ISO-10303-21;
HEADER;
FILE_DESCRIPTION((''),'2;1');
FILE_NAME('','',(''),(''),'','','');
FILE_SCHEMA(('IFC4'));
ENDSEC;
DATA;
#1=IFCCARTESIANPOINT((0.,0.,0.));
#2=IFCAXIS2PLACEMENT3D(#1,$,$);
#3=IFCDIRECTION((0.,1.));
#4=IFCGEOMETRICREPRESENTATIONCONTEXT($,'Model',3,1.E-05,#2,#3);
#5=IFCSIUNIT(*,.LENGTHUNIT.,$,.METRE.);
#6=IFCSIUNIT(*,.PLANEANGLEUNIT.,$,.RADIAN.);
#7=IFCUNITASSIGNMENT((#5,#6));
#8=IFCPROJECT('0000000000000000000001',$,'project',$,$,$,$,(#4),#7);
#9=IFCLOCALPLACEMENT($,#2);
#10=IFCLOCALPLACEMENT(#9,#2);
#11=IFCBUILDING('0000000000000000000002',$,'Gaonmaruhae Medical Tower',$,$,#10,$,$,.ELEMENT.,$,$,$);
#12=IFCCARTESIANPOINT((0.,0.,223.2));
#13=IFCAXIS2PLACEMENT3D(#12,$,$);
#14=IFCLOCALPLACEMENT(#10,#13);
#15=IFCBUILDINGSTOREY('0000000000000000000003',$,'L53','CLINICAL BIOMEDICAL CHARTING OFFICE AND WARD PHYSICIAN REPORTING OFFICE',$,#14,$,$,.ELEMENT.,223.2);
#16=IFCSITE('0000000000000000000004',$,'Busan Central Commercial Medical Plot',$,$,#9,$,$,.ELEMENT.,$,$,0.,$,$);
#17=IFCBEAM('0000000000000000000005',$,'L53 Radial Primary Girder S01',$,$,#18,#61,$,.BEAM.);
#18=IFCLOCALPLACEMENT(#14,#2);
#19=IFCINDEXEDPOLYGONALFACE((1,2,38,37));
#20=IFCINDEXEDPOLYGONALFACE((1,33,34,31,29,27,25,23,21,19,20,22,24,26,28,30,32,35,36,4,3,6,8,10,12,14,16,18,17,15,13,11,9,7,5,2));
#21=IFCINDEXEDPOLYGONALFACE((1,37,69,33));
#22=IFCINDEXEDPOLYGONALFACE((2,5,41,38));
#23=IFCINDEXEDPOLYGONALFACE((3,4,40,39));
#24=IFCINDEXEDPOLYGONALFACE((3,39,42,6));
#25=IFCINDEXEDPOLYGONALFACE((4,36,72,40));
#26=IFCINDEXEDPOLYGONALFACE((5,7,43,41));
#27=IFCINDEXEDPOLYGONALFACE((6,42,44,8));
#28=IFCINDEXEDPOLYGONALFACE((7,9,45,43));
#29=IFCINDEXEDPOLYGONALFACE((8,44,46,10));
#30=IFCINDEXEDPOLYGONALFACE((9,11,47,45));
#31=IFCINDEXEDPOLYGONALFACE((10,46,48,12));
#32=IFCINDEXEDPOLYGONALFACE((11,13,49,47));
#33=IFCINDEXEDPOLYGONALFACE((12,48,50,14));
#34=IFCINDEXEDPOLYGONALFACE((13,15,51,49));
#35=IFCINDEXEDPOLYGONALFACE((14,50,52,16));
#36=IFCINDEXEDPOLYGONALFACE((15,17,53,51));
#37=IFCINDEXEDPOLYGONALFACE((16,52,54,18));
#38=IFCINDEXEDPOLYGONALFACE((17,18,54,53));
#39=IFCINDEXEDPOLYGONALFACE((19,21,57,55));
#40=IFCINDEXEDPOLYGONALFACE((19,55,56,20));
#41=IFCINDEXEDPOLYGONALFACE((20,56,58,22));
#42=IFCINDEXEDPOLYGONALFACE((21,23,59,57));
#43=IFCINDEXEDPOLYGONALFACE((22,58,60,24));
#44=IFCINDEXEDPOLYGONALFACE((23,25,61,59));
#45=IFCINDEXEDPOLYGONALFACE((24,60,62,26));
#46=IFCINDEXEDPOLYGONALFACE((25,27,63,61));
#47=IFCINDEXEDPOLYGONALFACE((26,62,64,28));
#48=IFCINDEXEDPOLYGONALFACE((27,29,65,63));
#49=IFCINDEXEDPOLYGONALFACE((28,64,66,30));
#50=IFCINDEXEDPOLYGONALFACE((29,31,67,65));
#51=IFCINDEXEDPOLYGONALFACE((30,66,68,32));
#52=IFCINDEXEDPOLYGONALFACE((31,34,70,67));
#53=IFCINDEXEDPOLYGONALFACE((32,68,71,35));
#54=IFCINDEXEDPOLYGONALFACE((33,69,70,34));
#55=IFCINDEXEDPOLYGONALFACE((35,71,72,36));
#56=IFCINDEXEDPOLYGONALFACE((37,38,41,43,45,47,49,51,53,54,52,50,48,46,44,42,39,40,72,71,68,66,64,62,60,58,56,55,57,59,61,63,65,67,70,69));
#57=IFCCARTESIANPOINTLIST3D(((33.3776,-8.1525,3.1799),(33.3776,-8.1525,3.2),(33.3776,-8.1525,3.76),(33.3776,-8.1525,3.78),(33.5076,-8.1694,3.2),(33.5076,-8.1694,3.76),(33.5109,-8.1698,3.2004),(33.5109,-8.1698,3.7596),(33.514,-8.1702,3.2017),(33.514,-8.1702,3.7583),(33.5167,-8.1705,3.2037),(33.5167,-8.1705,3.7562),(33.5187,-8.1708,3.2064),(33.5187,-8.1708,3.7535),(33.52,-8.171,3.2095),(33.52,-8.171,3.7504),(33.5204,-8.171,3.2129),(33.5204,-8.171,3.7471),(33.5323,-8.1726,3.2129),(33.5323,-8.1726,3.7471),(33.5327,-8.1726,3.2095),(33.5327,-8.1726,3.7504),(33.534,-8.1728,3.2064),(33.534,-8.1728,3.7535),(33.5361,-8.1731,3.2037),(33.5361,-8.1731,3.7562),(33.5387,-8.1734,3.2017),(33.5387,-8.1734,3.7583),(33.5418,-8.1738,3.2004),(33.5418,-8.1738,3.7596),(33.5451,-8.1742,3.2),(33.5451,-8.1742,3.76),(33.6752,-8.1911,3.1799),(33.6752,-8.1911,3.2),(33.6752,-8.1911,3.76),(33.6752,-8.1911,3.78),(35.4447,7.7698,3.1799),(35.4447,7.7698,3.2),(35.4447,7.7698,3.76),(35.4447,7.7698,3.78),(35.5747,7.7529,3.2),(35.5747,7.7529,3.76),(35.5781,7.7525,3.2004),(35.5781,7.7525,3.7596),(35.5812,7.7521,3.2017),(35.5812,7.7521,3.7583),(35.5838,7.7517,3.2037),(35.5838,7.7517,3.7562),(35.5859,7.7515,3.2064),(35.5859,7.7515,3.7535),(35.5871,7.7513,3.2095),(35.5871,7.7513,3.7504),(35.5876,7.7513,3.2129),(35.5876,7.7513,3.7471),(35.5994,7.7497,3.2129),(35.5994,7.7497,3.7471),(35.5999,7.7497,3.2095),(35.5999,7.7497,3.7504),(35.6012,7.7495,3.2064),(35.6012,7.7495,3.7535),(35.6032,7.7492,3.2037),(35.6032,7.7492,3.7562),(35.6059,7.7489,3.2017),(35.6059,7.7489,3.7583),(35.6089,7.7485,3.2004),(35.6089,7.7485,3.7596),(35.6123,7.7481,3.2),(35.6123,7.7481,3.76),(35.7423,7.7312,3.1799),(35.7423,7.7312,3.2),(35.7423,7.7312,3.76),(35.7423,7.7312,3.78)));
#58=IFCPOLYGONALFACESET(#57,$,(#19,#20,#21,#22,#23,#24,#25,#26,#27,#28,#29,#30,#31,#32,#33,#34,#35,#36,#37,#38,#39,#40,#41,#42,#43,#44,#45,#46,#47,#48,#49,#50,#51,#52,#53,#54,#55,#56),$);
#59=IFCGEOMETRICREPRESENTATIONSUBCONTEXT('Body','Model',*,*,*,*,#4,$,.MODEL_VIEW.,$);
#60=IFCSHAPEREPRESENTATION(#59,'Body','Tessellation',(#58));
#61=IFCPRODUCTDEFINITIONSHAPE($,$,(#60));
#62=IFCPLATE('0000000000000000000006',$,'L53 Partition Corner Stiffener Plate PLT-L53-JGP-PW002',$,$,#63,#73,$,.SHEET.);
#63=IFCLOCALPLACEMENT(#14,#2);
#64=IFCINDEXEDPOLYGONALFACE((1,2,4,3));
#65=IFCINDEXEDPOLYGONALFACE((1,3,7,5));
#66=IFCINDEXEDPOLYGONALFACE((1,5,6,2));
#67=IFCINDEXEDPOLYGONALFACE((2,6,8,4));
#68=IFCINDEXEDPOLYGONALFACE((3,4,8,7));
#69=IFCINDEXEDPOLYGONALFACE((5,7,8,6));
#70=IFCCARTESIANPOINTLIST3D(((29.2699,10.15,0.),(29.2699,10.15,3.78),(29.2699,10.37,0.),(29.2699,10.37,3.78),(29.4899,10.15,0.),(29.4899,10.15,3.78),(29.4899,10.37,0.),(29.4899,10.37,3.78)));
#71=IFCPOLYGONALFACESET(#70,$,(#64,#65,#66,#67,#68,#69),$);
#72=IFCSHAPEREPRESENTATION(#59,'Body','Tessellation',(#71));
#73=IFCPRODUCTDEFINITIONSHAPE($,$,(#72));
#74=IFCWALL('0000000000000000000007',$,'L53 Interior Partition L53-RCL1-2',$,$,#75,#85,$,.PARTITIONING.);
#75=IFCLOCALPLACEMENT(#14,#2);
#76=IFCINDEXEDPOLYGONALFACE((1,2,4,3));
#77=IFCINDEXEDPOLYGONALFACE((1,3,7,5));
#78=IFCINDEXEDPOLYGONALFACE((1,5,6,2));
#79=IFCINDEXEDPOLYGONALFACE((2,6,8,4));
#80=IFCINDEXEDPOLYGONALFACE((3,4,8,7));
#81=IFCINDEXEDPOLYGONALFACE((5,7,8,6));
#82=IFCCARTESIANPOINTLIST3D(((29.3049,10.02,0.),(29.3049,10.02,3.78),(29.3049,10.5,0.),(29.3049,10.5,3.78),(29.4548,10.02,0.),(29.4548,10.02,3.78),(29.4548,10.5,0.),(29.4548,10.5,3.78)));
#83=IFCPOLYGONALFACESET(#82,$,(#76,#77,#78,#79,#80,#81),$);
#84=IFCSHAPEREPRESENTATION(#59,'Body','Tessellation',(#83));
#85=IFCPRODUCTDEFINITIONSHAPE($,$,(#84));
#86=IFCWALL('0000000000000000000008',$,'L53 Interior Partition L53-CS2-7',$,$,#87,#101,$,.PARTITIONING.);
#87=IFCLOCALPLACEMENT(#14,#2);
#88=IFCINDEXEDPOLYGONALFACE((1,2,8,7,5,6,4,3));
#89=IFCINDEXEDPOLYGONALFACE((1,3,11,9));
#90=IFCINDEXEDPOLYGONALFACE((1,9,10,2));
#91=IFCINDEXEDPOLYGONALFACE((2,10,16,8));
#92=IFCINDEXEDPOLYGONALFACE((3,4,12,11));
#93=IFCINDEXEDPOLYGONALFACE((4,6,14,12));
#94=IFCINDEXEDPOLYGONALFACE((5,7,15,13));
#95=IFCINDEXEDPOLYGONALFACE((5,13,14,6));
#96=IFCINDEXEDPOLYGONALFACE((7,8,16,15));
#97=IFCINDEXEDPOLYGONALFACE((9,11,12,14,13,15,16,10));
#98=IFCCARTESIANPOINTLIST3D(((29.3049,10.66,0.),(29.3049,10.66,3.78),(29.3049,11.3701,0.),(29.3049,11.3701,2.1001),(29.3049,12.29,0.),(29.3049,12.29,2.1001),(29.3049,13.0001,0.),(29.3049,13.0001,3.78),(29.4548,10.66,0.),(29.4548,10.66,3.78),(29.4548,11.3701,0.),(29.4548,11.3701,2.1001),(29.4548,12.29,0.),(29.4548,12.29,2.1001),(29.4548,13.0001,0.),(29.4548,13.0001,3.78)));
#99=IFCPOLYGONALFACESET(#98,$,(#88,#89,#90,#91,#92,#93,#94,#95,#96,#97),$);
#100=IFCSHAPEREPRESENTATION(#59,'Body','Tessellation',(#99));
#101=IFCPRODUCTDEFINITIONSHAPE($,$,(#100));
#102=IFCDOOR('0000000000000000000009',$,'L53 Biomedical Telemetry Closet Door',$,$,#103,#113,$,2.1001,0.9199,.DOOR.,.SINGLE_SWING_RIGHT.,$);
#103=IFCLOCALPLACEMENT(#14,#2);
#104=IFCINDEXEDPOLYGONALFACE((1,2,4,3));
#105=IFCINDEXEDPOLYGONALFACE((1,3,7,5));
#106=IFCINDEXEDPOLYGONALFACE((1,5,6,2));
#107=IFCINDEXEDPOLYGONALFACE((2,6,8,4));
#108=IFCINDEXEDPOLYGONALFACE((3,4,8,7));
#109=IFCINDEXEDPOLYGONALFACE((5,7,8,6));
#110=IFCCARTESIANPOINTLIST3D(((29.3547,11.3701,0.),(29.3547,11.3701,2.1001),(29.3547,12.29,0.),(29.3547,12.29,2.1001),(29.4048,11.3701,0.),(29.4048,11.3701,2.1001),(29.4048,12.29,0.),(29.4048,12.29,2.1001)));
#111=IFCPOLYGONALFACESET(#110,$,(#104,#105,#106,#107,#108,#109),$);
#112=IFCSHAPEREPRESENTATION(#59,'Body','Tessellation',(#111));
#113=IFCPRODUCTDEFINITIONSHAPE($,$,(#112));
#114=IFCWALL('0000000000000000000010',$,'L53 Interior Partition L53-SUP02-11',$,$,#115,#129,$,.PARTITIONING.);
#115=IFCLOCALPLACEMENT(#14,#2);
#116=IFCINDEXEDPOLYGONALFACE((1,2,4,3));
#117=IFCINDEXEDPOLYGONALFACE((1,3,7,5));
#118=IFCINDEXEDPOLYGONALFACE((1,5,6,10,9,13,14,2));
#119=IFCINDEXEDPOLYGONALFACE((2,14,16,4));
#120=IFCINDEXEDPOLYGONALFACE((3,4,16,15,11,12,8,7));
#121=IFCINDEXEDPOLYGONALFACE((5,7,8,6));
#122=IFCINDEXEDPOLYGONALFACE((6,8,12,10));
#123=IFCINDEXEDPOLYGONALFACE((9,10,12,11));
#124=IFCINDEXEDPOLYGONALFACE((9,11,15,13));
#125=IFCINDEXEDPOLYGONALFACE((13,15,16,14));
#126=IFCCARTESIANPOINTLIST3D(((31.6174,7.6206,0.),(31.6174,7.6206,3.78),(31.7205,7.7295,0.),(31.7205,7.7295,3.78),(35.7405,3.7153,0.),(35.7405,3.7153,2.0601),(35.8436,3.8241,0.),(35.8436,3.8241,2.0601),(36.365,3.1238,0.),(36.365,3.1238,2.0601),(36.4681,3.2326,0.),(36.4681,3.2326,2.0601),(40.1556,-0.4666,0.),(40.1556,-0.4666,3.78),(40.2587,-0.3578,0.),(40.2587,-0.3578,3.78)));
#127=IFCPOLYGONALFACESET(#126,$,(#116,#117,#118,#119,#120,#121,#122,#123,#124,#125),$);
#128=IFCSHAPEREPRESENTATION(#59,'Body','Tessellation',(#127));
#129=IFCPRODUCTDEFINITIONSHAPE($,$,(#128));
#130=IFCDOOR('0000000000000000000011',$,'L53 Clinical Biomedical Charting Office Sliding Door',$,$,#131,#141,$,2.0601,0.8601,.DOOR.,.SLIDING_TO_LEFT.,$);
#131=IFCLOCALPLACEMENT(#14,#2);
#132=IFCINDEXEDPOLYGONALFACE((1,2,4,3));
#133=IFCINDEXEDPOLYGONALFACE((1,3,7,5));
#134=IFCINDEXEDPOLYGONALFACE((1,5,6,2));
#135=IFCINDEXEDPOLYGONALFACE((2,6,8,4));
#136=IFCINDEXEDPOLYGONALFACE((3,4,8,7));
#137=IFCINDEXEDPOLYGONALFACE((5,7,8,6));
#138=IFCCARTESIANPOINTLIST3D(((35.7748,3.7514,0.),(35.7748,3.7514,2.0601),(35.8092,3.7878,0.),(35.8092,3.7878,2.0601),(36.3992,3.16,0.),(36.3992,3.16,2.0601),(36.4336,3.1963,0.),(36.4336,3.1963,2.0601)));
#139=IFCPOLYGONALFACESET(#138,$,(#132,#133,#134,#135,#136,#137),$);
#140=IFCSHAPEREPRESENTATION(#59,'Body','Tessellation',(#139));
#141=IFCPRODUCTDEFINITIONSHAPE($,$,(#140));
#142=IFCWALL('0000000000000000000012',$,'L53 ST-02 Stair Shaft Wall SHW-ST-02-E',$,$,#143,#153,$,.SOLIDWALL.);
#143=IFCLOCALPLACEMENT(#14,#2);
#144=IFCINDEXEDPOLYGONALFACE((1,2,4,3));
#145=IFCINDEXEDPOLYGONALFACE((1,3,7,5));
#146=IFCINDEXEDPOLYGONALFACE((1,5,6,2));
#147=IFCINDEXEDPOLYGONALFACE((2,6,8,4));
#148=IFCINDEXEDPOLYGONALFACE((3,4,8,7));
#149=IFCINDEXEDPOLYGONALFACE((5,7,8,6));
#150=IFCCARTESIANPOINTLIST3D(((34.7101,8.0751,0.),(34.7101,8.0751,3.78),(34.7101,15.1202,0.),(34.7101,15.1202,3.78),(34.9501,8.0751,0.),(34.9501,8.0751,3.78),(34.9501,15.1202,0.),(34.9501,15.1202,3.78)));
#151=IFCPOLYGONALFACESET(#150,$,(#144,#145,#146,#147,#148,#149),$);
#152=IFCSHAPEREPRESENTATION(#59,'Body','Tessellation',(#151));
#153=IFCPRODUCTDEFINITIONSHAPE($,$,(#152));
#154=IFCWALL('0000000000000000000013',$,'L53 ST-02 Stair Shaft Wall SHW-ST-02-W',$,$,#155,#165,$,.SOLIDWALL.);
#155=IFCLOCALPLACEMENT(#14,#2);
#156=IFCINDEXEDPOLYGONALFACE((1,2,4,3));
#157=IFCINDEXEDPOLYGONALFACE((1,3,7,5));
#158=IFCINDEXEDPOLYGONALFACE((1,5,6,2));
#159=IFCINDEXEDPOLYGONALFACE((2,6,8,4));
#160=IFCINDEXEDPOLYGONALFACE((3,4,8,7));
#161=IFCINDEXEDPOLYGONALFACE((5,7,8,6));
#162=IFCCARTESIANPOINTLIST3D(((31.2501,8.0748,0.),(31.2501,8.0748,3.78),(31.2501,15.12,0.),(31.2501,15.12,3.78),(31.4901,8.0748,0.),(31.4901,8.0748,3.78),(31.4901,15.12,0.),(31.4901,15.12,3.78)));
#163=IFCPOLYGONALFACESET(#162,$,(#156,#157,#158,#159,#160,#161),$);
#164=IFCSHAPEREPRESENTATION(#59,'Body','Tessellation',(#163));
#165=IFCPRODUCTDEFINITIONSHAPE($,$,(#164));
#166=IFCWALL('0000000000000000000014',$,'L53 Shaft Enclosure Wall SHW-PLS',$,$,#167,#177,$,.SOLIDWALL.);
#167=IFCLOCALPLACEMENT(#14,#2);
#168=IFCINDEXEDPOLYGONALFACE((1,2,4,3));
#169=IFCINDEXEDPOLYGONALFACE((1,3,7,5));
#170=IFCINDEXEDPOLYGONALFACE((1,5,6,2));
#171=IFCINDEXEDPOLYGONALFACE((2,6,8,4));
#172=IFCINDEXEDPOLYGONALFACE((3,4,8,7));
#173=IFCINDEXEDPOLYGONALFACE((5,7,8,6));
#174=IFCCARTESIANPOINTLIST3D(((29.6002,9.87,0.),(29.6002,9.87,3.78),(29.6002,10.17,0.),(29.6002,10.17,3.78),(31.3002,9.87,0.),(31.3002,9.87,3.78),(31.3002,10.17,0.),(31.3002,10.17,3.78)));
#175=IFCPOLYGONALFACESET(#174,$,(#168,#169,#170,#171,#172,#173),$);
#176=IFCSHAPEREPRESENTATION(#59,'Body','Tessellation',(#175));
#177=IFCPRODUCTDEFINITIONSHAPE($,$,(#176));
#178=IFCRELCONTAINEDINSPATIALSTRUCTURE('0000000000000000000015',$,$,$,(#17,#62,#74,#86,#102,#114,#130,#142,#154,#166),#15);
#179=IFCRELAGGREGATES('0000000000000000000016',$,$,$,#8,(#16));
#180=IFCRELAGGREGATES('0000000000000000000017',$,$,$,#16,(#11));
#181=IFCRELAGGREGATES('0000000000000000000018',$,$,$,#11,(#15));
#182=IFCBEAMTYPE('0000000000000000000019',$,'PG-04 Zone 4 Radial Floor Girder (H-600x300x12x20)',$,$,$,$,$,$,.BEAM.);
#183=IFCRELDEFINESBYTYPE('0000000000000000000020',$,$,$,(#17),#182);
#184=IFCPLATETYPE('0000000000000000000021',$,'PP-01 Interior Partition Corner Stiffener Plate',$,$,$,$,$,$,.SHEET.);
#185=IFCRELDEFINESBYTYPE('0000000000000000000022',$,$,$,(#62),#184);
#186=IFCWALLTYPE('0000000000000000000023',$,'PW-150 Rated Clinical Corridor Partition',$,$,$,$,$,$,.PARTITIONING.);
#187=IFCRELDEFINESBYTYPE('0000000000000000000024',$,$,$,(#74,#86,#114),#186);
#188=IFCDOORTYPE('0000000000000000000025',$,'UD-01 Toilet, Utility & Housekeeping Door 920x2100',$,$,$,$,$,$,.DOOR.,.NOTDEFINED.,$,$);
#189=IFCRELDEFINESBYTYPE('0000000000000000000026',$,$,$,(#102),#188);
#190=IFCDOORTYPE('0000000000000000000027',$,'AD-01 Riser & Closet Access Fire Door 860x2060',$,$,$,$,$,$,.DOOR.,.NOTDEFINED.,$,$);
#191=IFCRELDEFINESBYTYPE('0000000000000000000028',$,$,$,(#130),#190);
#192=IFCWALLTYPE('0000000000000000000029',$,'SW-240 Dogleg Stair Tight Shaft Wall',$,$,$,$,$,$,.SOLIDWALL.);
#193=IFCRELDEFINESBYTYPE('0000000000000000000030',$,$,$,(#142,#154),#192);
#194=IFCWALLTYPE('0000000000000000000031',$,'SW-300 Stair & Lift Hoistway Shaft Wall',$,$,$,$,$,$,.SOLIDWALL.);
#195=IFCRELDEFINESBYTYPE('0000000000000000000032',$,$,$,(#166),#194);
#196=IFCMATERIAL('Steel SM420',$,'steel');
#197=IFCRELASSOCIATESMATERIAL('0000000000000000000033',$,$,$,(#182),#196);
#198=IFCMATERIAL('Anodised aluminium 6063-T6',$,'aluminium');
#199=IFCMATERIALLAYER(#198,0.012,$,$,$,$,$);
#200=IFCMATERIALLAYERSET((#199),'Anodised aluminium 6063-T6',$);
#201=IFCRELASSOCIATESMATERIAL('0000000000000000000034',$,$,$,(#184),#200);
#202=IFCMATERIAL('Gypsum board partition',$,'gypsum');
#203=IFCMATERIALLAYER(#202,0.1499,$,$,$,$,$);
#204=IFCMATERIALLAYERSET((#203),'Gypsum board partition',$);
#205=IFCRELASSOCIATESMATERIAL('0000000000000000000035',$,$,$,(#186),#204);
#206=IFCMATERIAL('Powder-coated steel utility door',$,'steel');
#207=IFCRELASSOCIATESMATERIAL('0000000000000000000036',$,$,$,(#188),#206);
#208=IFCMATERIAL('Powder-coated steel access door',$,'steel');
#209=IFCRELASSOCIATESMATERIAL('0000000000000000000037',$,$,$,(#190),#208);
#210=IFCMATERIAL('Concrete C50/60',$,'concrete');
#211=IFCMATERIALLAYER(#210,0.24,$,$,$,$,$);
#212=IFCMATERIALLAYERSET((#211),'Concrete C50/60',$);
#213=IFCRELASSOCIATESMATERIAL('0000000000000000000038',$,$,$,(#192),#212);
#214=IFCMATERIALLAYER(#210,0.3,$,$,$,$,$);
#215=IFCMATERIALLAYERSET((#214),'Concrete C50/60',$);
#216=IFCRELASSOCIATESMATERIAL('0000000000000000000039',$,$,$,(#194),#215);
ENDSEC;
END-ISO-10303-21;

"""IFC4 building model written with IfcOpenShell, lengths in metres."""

from ifc_helpers import new_model, si_unit, direction, frame, frame_2d, origin, origin_2d, place, context, subcontext, project, spatial, rectangle, i_section, extrude, material, layer, layer_set, material_profile, profile_set, type_object, element, fill, save


model = new_model("IFC4")

# Units and contexts
model_context = context("Model", 3, precision=1e-05, world=origin(), true_north=direction((0.0, 1.0)))
body_context = subcontext(model_context, "Body", "Model", "MODEL_VIEW")
ifc_project = project(units=[si_unit("LENGTHUNIT", "METRE"), si_unit("PLANEANGLEUNIT", "RADIAN")], contexts=[model_context])

# Site, building, storey
site_placement = place(None, origin())
site = spatial("IfcSite", under=ifc_project, at=site_placement, Name="Busan Central Commercial Medical Plot", CompositionType="ELEMENT", RefElevation=0.0)
building_placement = place(site_placement, origin())
building = spatial("IfcBuilding", under=site, at=building_placement, Name="Gaonmaruhae Medical Tower", CompositionType="ELEMENT")
storey_placement = place(building_placement, frame((0.0, 0.0, 223.2)))
storey = spatial("IfcBuildingStorey", under=building, at=storey_placement, Name="L53", Description="CLINICAL BIOMEDICAL CHARTING OFFICE AND WARD PHYSICIAN REPORTING OFFICE", CompositionType="ELEMENT", Elevation=223.2)

# Beam
ifc_material_1 = material(Name="Steel SM420", Category="steel")
ifc_material_profile = material_profile(ifc_material_1, i_section(OverallWidth=0.3, OverallDepth=0.6001, WebThickness=0.012, FlangeThickness=0.02, FilletRadius=0.0129, at=origin_2d()), Name="H-600x300x12x20")
ifc_profile_set = profile_set([ifc_material_profile], Name="Steel SM420")
beam_type = type_object("IfcBeamType", Name="PG-04 Zone 4 Radial Floor Girder (H-600x300x12x20)", PredefinedType="BEAM", material=ifc_profile_set)
beam_placement = place(storey_placement, frame((35.5935, 7.7505, 3.48), z_axis=(-0.128746, -0.991678, 0.0), x_axis=(0.991678, -0.128746, 0.0)))
element("IfcBeam", 1, at=beam_placement, inside=storey, type_object=beam_type, Name="L53 Radial Primary Girder S01", PredefinedType="BEAM", context=body_context, shape_type="SweptSolid", body=[
    extrude(i_section(OverallWidth=0.3, OverallDepth=0.6001, WebThickness=0.012, FlangeThickness=0.02, FilletRadius=0.0129, at=origin_2d()), origin(), (0.0, 0.0, 1.0), 16.0559),
])

# Plate
ifc_material_2 = material(Name="Anodised aluminium 6063-T6", Category="aluminium")
ifc_layer_1 = layer(ifc_material_2, 0.012)
ifc_layer_set_1 = layer_set([ifc_layer_1], Name="Anodised aluminium 6063-T6")
plate_type = type_object("IfcPlateType", Name="PP-01 Interior Partition Corner Stiffener Plate", PredefinedType="SHEET", material=ifc_layer_set_1)
plate_placement = place(storey_placement, frame((29.3799, 10.26, 0.0), z_axis=(0.0, 0.0, 1.0), x_axis=(0.0, -1.0, 0.0)))
element("IfcPlate", 2, at=plate_placement, inside=storey, type_object=plate_type, Name="L53 Partition Corner Stiffener Plate PLT-L53-JGP-PW002", PredefinedType="SHEET", context=body_context, shape_type="SweptSolid", body=[
    extrude(rectangle(XDim=0.22, YDim=0.22, at=origin_2d()), origin(), (0.0, 0.0, 1.0), 3.78),
])

# Wall
ifc_material_3 = material(Name="Gypsum board partition", Category="gypsum")
ifc_layer_2 = layer(ifc_material_3, 0.1499)
ifc_layer_set_2 = layer_set([ifc_layer_2], Name="Gypsum board partition")
wall_type_1 = type_object("IfcWallType", Name="PW-150 Rated Clinical Corridor Partition", PredefinedType="PARTITIONING", material=ifc_layer_set_2)
wall_1_placement = place(storey_placement, frame((29.3799, 10.5, 0.0), z_axis=(0.0, 0.0, 1.0), x_axis=(0.0, -1.0, 0.0)))
element("IfcWall", 3, at=wall_1_placement, inside=storey, type_object=wall_type_1, Name="L53 Interior Partition L53-RCL1-2", PredefinedType="PARTITIONING", context=body_context, shape_type="SweptSolid", body=[
    extrude(rectangle(XDim=0.48, YDim=0.1499, at=frame_2d((0.24, 0.0))), origin(), (0.0, 0.0, 1.0), 3.78),
])

# Walls, openings, doors
wall_2_placement = place(storey_placement, frame((29.3799, 13.0, 0.0), z_axis=(0.0, 0.0, 1.0), x_axis=(0.0, -1.0, 0.0)))
wall_2 = element("IfcWall", 4, at=wall_2_placement, inside=storey, type_object=wall_type_1, Name="L53 Interior Partition L53-CS2-7", PredefinedType="PARTITIONING", context=body_context, shape_type="SweptSolid", body=[
    extrude(rectangle(XDim=2.3401, YDim=0.1499, at=frame_2d((1.1699, 0.0))), origin(), (0.0, 0.0, 1.0), 3.78),
])
opening_1_placement = place(wall_2_placement, frame((0.71, 0.0, 0.0)))
opening_1 = element("IfcOpeningElement", 5, at=opening_1_placement, cuts=wall_2, PredefinedType="OPENING", context=body_context, shape_type="SweptSolid", body=[
    extrude(rectangle(XDim=0.9199, YDim=2.1001, at=frame_2d((0.46, 1.05))), frame((0.0, 0.085, 0.0), z_axis=(0.0, -1.0, 0.0), x_axis=(1.0, 0.0, 0.0)), (0.0, 0.0, 1.0), 0.1699),
])
ifc_material_4 = material(Name="Powder-coated steel utility door", Category="steel")
door_type_1 = type_object("IfcDoorType", Name="UD-01 Toilet, Utility & Housekeeping Door 920x2100", OperationType="NOTDEFINED", PredefinedType="DOOR", material=ifc_material_4)
door_1_placement = place(opening_1_placement, origin())
door_1 = element("IfcDoor", 6, at=door_1_placement, inside=storey, type_object=door_type_1, Name="L53 Biomedical Telemetry Closet Door", OperationType="SINGLE_SWING_RIGHT", OverallHeight=2.1001, OverallWidth=0.9199, PredefinedType="DOOR", context=body_context, shape_type="SweptSolid", body=[
    extrude(rectangle(XDim=0.9199, YDim=2.1001, at=frame_2d((0.46, 1.05))), frame((0.0, 0.0249, 0.0), z_axis=(0.0, -1.0, 0.0), x_axis=(1.0, 0.0, 0.0)), (0.0, 0.0, 1.0), 0.05),
])
fill(opening_1, door_1)
wall_3_placement = place(storey_placement, frame((31.6689, 7.675, 0.0), z_axis=(0.0, 0.0, 1.0), x_axis=(0.726019, -0.687675, 0.0)))
wall_3 = element("IfcWall", 7, at=wall_3_placement, inside=storey, type_object=wall_type_1, Name="L53 Interior Partition L53-SUP02-11", PredefinedType="PARTITIONING", context=body_context, shape_type="SweptSolid", body=[
    extrude(rectangle(XDim=11.7603, YDim=0.1499, at=frame_2d((5.8801, 0.0))), origin(), (0.0, 0.0, 1.0), 3.78),
])
opening_2_placement = place(wall_3_placement, frame((5.679, 0.0, 0.0)))
opening_2 = element("IfcOpeningElement", 8, at=opening_2_placement, cuts=wall_3, PredefinedType="OPENING", context=body_context, shape_type="SweptSolid", body=[
    extrude(rectangle(XDim=0.8601, YDim=2.0601, at=frame_2d((0.4302, 1.03))), frame((0.0, 0.085, 0.0), z_axis=(0.0, -1.0, 0.0), x_axis=(1.0, 0.0, 0.0)), (0.0, 0.0, 1.0), 0.1699),
])
ifc_material_5 = material(Name="Powder-coated steel access door", Category="steel")
door_type_2 = type_object("IfcDoorType", Name="AD-01 Riser & Closet Access Fire Door 860x2060", OperationType="NOTDEFINED", PredefinedType="DOOR", material=ifc_material_5)
door_2_placement = place(opening_2_placement, origin())
door_2 = element("IfcDoor", 9, at=door_2_placement, inside=storey, type_object=door_type_2, Name="L53 Clinical Biomedical Charting Office Sliding Door", OperationType="SLIDING_TO_LEFT", OverallHeight=2.0601, OverallWidth=0.8601, PredefinedType="DOOR", context=body_context, shape_type="SweptSolid", body=[
    extrude(rectangle(XDim=0.8601, YDim=2.0601, at=frame_2d((0.4302, 1.03))), frame((0.0, 0.0249, 0.0), z_axis=(0.0, -1.0, 0.0), x_axis=(1.0, 0.0, 0.0)), (0.0, 0.0, 1.0), 0.05),
])
fill(opening_2, door_2)
ifc_material_6 = material(Name="Concrete C50/60", Category="concrete")
ifc_layer_3 = layer(ifc_material_6, 0.24)
ifc_layer_set_3 = layer_set([ifc_layer_3], Name="Concrete C50/60")
wall_type_2 = type_object("IfcWallType", Name="SW-240 Dogleg Stair Tight Shaft Wall", PredefinedType="SOLIDWALL", material=ifc_layer_set_3)

# Walls
for number, where, z_axis, x_axis, name in (
    (10, (34.8301, 15.1201, 0.0), (0.0, 0.0, 1.0), (0.0, -1.0, 0.0), "L53 ST-02 Stair Shaft Wall SHW-ST-02-E"),
    (11, (31.3701, 8.075, 0.0), (0.0, 0.0, 1.0), (0.0, 1.0, 0.0), "L53 ST-02 Stair Shaft Wall SHW-ST-02-W"),
):
    element("IfcWall", number, at=place(storey_placement, frame(where, z_axis=z_axis, x_axis=x_axis)), inside=storey, type_object=wall_type_2, Name=name, PredefinedType="SOLIDWALL", context=body_context, shape_type="SweptSolid", body=[
        extrude(rectangle(XDim=7.0452, YDim=0.24, at=frame_2d((3.5225, 0.0))), origin(), (0.0, 0.0, 1.0), 3.78),
    ])
ifc_layer_4 = layer(ifc_material_6, 0.3)
ifc_layer_set_4 = layer_set([ifc_layer_4], Name="Concrete C50/60")
wall_type_3 = type_object("IfcWallType", Name="SW-300 Stair & Lift Hoistway Shaft Wall", PredefinedType="SOLIDWALL", material=ifc_layer_set_4)
wall_4_placement = place(storey_placement, frame((29.6001, 10.02, 0.0), z_axis=(0.0, 0.0, 1.0), x_axis=(1.0, 0.0, 0.0)))
element("IfcWall", 12, at=wall_4_placement, inside=storey, type_object=wall_type_3, Name="L53 Shaft Enclosure Wall SHW-PLS", PredefinedType="SOLIDWALL", context=body_context, shape_type="SweptSolid", body=[
    extrude(rectangle(XDim=1.7, YDim=0.3, at=frame_2d((0.8501, 0.0))), origin(), (0.0, 0.0, 1.0), 3.78),
])

save(model, "model.ifc")
